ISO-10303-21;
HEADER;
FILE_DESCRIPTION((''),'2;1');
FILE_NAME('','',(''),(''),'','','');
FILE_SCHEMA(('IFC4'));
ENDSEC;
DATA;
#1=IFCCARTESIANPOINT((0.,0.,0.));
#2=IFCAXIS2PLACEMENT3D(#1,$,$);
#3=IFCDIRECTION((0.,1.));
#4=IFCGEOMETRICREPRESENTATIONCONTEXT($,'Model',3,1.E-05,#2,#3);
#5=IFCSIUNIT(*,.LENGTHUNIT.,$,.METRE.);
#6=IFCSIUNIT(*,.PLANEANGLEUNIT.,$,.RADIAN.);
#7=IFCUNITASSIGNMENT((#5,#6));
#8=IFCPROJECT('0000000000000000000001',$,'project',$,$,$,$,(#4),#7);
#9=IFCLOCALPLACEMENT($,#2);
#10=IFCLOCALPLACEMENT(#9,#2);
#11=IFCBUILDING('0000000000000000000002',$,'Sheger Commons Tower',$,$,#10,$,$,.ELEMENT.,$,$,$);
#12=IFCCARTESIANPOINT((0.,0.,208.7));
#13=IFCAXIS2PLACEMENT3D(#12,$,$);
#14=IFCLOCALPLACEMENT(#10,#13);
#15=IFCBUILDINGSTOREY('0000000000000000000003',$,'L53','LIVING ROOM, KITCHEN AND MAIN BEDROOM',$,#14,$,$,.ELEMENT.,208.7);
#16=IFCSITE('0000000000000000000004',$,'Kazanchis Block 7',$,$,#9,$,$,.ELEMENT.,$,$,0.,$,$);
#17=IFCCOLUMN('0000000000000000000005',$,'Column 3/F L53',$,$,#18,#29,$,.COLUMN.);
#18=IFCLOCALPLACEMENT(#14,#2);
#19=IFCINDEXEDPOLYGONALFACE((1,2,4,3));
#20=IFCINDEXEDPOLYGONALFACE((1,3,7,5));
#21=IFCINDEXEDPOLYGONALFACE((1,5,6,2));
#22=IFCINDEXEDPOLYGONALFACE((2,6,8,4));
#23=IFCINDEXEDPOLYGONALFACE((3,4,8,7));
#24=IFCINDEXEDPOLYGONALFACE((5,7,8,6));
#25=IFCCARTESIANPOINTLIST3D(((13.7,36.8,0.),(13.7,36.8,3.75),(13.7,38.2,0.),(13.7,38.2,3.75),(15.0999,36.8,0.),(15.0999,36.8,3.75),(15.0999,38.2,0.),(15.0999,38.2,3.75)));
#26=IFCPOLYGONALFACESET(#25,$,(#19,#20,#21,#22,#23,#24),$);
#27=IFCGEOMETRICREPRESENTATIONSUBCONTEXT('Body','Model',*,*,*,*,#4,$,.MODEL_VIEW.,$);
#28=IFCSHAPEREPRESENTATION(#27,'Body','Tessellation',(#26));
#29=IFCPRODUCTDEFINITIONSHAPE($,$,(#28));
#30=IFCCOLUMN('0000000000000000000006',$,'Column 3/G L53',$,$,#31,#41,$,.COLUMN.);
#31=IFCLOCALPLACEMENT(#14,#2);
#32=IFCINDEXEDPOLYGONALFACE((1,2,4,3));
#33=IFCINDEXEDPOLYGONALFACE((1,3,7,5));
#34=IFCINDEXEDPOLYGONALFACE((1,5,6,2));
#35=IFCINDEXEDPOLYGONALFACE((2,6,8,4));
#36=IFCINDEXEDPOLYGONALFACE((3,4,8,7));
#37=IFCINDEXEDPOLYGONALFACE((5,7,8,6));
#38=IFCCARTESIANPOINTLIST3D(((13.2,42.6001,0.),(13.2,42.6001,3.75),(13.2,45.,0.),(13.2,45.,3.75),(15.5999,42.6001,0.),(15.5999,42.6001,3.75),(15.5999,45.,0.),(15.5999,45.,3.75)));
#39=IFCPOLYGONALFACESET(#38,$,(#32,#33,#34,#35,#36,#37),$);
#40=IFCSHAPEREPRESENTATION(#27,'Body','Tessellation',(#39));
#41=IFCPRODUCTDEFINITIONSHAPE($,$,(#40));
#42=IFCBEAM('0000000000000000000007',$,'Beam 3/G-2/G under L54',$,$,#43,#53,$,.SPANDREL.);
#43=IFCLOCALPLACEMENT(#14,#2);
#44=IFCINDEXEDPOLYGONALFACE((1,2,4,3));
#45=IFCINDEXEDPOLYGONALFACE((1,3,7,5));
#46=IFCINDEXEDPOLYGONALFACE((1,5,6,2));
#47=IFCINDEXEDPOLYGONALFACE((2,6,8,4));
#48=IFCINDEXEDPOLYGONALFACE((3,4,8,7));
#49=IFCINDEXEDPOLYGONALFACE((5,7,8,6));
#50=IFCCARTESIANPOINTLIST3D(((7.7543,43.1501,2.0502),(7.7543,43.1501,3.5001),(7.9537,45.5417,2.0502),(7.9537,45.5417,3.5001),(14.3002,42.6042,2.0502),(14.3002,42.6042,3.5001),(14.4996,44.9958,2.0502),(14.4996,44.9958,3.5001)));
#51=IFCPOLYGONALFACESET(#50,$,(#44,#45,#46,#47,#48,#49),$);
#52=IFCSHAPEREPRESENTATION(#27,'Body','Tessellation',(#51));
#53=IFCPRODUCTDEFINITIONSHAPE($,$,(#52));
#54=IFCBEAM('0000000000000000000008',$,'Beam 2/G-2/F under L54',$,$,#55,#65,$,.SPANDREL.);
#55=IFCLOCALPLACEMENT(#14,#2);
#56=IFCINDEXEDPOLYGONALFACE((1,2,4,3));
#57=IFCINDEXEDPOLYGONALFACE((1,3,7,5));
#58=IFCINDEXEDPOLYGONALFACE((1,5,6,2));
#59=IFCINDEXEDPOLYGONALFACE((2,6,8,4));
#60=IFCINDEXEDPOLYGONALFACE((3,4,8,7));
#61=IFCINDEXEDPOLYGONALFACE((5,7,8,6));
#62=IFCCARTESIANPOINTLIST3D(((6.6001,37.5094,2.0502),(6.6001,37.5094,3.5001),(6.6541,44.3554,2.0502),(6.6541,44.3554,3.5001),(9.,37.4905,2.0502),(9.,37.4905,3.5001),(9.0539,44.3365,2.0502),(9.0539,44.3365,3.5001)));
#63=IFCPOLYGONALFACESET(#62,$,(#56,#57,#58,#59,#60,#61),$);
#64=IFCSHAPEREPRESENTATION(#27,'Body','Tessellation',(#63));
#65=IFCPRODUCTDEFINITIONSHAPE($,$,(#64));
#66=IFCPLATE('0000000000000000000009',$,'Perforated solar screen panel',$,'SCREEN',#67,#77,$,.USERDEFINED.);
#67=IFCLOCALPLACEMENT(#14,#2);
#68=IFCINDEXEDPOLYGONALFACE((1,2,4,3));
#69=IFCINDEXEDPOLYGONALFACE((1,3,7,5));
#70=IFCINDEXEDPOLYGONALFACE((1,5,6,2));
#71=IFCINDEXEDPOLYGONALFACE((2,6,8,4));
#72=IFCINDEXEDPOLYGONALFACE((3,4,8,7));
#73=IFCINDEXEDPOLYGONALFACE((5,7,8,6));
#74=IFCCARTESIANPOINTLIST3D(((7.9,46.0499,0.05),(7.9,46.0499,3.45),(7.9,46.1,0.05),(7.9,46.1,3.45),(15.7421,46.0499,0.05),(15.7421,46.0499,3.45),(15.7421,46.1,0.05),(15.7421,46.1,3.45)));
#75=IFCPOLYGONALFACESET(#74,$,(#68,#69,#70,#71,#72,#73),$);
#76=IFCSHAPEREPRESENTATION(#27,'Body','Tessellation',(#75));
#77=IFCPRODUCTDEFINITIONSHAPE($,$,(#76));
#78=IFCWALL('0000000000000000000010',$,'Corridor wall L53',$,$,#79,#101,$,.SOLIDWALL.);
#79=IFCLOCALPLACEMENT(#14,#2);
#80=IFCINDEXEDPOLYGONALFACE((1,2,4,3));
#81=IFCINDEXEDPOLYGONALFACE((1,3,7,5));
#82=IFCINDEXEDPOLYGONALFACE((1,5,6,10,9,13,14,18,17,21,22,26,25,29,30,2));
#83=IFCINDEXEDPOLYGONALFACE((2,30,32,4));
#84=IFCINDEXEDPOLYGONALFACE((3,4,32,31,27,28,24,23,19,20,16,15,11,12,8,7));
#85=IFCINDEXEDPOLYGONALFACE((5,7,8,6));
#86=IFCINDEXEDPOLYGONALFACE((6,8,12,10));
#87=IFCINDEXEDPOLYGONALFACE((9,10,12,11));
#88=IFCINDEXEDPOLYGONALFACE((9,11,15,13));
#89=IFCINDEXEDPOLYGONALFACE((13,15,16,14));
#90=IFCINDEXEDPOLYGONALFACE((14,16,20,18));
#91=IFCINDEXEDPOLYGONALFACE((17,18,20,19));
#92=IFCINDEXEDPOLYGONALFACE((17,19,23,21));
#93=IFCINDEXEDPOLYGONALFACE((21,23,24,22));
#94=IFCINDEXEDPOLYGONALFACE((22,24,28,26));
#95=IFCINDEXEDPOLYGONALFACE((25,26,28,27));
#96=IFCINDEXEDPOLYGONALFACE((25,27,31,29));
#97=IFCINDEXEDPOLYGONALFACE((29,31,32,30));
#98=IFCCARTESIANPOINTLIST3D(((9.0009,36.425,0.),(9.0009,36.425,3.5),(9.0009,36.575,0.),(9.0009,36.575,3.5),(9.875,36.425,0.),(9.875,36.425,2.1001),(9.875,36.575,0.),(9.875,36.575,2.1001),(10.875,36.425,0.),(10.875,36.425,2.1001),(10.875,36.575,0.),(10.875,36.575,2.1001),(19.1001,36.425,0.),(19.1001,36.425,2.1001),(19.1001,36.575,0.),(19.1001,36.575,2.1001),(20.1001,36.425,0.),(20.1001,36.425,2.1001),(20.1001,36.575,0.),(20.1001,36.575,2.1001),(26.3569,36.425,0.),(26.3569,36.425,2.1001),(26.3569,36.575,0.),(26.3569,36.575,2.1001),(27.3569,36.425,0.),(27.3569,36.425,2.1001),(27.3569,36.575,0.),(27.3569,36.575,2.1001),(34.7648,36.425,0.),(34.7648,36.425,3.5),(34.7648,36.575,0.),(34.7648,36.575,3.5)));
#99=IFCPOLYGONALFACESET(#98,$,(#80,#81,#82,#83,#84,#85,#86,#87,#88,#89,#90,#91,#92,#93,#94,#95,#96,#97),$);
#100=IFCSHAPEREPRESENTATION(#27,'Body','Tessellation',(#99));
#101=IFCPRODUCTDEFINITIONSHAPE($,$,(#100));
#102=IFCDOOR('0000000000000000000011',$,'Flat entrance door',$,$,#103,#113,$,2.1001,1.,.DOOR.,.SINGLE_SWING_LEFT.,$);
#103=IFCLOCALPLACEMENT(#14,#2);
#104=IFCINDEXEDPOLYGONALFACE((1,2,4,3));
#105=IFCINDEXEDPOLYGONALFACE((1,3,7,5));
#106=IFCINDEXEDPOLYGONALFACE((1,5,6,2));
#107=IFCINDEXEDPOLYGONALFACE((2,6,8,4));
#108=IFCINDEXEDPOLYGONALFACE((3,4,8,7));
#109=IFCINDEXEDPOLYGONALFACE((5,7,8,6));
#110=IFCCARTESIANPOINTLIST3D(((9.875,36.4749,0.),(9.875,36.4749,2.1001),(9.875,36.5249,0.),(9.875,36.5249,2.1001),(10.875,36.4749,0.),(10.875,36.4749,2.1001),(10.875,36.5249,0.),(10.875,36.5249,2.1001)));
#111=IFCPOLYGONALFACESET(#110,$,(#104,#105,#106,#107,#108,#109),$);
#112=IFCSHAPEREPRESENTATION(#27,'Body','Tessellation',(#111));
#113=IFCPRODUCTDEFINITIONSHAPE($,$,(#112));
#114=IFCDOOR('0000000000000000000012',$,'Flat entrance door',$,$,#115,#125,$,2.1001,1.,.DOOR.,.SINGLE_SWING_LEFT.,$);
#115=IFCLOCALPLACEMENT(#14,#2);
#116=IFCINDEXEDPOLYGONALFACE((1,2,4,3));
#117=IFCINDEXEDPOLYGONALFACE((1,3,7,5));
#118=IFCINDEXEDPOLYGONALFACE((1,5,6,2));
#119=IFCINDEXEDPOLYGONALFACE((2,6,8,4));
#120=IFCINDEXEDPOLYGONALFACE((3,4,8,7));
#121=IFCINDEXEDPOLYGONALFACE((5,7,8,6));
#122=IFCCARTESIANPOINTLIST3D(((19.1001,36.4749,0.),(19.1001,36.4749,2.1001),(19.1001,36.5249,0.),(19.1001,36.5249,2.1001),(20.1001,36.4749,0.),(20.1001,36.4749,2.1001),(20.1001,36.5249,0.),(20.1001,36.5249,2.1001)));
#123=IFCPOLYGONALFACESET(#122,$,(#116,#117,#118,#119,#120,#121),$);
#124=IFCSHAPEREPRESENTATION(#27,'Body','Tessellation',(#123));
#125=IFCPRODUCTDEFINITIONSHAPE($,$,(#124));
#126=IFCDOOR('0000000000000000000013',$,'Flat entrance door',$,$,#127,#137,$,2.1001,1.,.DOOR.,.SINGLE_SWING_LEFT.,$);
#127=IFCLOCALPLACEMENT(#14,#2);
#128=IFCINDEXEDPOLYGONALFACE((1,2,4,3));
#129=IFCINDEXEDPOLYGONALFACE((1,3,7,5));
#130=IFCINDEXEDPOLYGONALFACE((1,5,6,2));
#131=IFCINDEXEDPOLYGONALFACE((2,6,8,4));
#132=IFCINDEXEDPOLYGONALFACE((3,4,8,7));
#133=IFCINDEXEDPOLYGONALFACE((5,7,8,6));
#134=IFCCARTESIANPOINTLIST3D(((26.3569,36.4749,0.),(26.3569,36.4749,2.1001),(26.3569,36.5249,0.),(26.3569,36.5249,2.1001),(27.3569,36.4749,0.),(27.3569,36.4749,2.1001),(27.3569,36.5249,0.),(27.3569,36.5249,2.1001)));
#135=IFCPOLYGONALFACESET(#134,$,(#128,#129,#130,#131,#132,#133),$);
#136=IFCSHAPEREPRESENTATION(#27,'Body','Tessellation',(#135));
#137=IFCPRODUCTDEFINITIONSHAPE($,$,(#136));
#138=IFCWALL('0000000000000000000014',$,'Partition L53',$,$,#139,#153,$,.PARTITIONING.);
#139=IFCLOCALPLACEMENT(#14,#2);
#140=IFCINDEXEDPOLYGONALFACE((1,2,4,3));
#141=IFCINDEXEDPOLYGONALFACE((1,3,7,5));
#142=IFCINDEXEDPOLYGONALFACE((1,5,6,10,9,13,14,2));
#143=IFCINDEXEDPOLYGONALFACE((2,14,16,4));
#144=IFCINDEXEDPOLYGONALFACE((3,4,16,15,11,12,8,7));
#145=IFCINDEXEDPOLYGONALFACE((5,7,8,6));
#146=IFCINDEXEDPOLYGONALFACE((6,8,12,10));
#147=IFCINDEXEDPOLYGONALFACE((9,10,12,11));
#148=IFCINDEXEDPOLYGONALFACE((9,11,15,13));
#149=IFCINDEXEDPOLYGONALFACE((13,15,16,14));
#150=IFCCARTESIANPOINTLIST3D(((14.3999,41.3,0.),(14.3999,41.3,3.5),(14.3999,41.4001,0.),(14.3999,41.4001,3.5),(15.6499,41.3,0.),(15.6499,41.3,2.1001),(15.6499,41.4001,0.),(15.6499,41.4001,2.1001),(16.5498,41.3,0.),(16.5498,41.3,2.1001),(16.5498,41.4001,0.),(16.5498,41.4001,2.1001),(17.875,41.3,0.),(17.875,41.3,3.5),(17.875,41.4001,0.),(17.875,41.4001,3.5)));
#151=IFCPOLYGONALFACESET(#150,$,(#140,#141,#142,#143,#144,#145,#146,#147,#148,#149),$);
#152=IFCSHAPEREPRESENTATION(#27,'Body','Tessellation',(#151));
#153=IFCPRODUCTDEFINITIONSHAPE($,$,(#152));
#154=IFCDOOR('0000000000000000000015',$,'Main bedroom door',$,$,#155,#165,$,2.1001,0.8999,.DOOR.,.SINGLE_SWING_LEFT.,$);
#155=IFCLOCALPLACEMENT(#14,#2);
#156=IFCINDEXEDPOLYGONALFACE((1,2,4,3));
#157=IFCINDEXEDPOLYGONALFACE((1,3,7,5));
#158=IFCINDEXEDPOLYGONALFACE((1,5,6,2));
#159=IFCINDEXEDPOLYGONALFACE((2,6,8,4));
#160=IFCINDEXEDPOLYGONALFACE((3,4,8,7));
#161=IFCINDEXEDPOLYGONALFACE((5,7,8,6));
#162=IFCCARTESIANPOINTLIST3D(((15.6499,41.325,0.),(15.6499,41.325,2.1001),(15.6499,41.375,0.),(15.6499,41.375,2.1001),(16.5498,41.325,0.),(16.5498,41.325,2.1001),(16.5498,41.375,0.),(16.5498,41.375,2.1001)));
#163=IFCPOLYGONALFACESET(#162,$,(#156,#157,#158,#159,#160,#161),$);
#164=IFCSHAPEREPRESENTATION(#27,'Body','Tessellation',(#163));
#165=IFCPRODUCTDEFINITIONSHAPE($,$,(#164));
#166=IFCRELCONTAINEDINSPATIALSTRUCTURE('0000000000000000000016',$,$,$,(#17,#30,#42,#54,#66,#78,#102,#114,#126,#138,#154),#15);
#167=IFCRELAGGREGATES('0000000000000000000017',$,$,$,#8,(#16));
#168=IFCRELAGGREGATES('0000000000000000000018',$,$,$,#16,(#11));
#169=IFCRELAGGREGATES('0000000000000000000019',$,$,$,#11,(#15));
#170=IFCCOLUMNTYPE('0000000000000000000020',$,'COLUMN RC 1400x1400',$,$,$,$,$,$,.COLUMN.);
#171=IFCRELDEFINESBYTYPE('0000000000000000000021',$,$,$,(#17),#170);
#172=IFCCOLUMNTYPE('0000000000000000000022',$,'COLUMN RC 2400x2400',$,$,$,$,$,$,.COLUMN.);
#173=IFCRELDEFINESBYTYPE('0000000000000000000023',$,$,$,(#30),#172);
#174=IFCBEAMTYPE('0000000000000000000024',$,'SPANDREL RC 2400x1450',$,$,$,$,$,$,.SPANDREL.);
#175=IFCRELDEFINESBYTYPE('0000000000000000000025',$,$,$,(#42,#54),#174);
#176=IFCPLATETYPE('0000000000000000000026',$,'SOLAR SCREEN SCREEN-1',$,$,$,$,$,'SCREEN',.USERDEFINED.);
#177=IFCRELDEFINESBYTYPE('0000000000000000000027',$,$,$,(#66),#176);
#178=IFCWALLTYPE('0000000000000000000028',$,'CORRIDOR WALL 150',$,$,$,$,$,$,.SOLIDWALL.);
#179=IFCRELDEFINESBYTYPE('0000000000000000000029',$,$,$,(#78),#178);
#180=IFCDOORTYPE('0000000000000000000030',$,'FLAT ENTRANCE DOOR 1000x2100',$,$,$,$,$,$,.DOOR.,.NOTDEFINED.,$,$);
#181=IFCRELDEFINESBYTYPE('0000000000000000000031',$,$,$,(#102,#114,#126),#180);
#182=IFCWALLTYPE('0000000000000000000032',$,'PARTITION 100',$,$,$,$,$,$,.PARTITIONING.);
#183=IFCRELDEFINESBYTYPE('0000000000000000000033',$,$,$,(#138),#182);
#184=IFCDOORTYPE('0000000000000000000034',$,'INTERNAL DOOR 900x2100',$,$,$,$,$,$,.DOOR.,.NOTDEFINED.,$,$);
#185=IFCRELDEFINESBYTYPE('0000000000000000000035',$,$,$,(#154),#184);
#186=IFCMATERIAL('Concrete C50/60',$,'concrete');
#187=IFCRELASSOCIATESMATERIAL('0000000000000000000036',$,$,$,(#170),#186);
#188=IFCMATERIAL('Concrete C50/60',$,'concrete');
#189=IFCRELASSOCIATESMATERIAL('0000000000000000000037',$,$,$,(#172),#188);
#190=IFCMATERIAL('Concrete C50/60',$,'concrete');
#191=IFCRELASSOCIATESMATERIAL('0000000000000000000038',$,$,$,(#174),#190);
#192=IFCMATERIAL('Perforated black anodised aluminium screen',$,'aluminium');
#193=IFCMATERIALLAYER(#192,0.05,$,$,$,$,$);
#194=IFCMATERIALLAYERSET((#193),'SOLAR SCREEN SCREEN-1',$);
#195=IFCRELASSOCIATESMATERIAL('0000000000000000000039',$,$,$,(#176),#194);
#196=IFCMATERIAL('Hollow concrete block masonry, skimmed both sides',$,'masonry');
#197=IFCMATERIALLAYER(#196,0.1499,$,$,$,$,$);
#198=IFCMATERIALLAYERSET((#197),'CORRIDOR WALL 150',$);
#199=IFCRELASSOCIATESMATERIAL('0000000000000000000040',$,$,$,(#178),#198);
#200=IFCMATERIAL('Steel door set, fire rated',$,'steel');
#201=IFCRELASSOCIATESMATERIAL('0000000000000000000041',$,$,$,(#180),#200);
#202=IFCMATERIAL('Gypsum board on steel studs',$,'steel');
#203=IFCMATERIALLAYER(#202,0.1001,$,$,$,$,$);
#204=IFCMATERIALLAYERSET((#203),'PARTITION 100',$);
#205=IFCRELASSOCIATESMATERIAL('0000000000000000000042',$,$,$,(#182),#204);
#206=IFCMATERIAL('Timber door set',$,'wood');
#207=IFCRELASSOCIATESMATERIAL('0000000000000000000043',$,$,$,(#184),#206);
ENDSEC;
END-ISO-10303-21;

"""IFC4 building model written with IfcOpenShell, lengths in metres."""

from ifc_helpers import new_model, si_unit, direction, frame, frame_2d, origin, origin_2d, place, context, subcontext, project, spatial, rectangle, extrude, material, layer, layer_set, material_profile, profile_set, type_object, element, fill, save


model = new_model("IFC4")

# Units and contexts
model_context = context("Model", 3, precision=1e-05, world=origin(), true_north=direction((0.0, 1.0)))
body_context = subcontext(model_context, "Body", "Model", "MODEL_VIEW")
ifc_project = project(units=[si_unit("LENGTHUNIT", "METRE"), si_unit("PLANEANGLEUNIT", "RADIAN")], contexts=[model_context])

# Site, building, storey
site_placement = place(None, origin())
site = spatial("IfcSite", under=ifc_project, at=site_placement, Name="Kazanchis Block 7", CompositionType="ELEMENT", RefElevation=0.0)
building_placement = place(site_placement, origin())
building = spatial("IfcBuilding", under=site, at=building_placement, Name="Sheger Commons Tower", CompositionType="ELEMENT")
storey_placement = place(building_placement, frame((0.0, 0.0, 208.7)))
storey = spatial("IfcBuildingStorey", under=building, at=storey_placement, Name="L53", Description="LIVING ROOM, KITCHEN AND MAIN BEDROOM", CompositionType="ELEMENT", Elevation=208.7)

# Columns
ifc_material_1 = material(Name="Concrete C50/60", Category="concrete")
ifc_material_profile_1 = material_profile(ifc_material_1, rectangle(XDim=1.3999, YDim=1.3999, at=origin_2d()), Name="RC 1400x1400")
ifc_profile_set_1 = profile_set([ifc_material_profile_1], Name="Concrete C50/60")
column_type_1 = type_object("IfcColumnType", Name="COLUMN RC 1400x1400", PredefinedType="COLUMN", material=ifc_profile_set_1)
column_1_placement = place(storey_placement, frame((14.3999, 37.5, 0.0), z_axis=(0.0, 0.0, 1.0), x_axis=(1.0, 0.0, 0.0)))
element("IfcColumn", 1, at=column_1_placement, inside=storey, type_object=column_type_1, Name="Column 3/F L53", PredefinedType="COLUMN", context=body_context, shape_type="SweptSolid", body=[
    extrude(rectangle(XDim=1.3999, YDim=1.3999, at=origin_2d()), origin(), (0.0, 0.0, 1.0), 3.75),
])
ifc_material_2 = material(Name="Concrete C50/60", Category="concrete")
ifc_material_profile_2 = material_profile(ifc_material_2, rectangle(XDim=2.3999, YDim=2.3999, at=origin_2d()), Name="RC 2400x2400")
ifc_profile_set_2 = profile_set([ifc_material_profile_2], Name="Concrete C50/60")
column_type_2 = type_object("IfcColumnType", Name="COLUMN RC 2400x2400", PredefinedType="COLUMN", material=ifc_profile_set_2)
column_2_placement = place(storey_placement, frame((14.3999, 43.8, 0.0), z_axis=(0.0, 0.0, 1.0), x_axis=(1.0, 0.0, 0.0)))
element("IfcColumn", 2, at=column_2_placement, inside=storey, type_object=column_type_2, Name="Column 3/G L53", PredefinedType="COLUMN", context=body_context, shape_type="SweptSolid", body=[
    extrude(rectangle(XDim=2.3999, YDim=2.3999, at=origin_2d()), origin(), (0.0, 0.0, 1.0), 3.75),
])

# Beams
ifc_material_3 = material(Name="Concrete C50/60", Category="concrete")
ifc_material_profile_3 = material_profile(ifc_material_3, rectangle(XDim=2.3999, YDim=1.45, at=origin_2d()), Name="RC 2400x1450")
ifc_profile_set_3 = profile_set([ifc_material_profile_3], Name="Concrete C50/60")
beam_type = type_object("IfcBeamType", Name="SPANDREL RC 2400x1450", PredefinedType="SPANDREL", material=ifc_profile_set_3)
beam_1_placement = place(storey_placement, frame((14.3999, 43.8, 2.7751), z_axis=(-0.996541, 0.083107, 0.0), x_axis=(-0.083107, -0.996541, 0.0)))
element("IfcBeam", 3, at=beam_1_placement, inside=storey, type_object=beam_type, Name="Beam 3/G-2/G under L54", PredefinedType="SPANDREL", context=body_context, shape_type="SweptSolid", body=[
    extrude(rectangle(XDim=2.3999, YDim=1.45, at=origin_2d()), origin(), (0.0, 0.0, 1.0), 6.5686),
])
beam_2_placement = place(storey_placement, frame((7.854, 44.3459, 2.7751), z_axis=(-0.007881, -0.999969, 0.0), x_axis=(0.999969, -0.007881, 0.0)))
element("IfcBeam", 4, at=beam_2_placement, inside=storey, type_object=beam_type, Name="Beam 2/G-2/F under L54", PredefinedType="SPANDREL", context=body_context, shape_type="SweptSolid", body=[
    extrude(rectangle(XDim=2.3999, YDim=1.45, at=origin_2d()), origin(), (0.0, 0.0, 1.0), 6.8462),
])

# Plate
ifc_material_4 = material(Name="Perforated black anodised aluminium screen", Category="aluminium")
ifc_layer_1 = layer(ifc_material_4, 0.05)
ifc_layer_set_1 = layer_set([ifc_layer_1], Name="SOLAR SCREEN SCREEN-1")
plate_type = type_object("IfcPlateType", Name="SOLAR SCREEN SCREEN-1", ElementType="SCREEN", PredefinedType="USERDEFINED", material=ifc_layer_set_1)
plate_placement = place(storey_placement, frame((11.821, 46.075, 0.05), z_axis=(0.0, 0.0, 1.0), x_axis=(-1.0, 0.0, 0.0)))
element("IfcPlate", 5, at=plate_placement, inside=storey, type_object=plate_type, Name="Perforated solar screen panel", ObjectType="SCREEN", PredefinedType="USERDEFINED", context=body_context, shape_type="SweptSolid", body=[
    extrude(rectangle(XDim=7.842, YDim=0.05, at=origin_2d()), origin(), (0.0, 0.0, 1.0), 3.3999),
])

# Wall, openings, doors
ifc_material_5 = material(Name="Hollow concrete block masonry, skimmed both sides", Category="masonry")
ifc_layer_2 = layer(ifc_material_5, 0.1499)
ifc_layer_set_2 = layer_set([ifc_layer_2], Name="CORRIDOR WALL 150")
wall_type_1 = type_object("IfcWallType", Name="CORRIDOR WALL 150", PredefinedType="SOLIDWALL", material=ifc_layer_set_2)
wall_1_placement = place(storey_placement, frame((9.001, 36.5, 0.0), z_axis=(0.0, 0.0, 1.0), x_axis=(1.0, 0.0, 0.0)))
wall_1 = element("IfcWall", 6, at=wall_1_placement, inside=storey, type_object=wall_type_1, Name="Corridor wall L53", PredefinedType="SOLIDWALL", context=body_context, shape_type="SweptSolid", body=[
    extrude(rectangle(XDim=25.7639, YDim=0.1499, at=frame_2d((12.8818, 0.0))), origin(), (0.0, 0.0, 1.0), 3.5),
])
opening_1_placement = place(wall_1_placement, frame((0.874, 0.0, 0.0)))
opening_1 = element("IfcOpeningElement", 7, at=opening_1_placement, cuts=wall_1, PredefinedType="OPENING", context=body_context, shape_type="SweptSolid", body=[
    extrude(rectangle(XDim=1.0, YDim=2.1001, at=frame_2d((0.5, 1.05))), frame((0.0, 0.085, 0.0), z_axis=(0.0, -1.0, 0.0), x_axis=(1.0, 0.0, 0.0)), (0.0, 0.0, 1.0), 0.1699),
])
opening_2_placement = place(wall_1_placement, frame((10.0991, 0.0, 0.0)))
opening_2 = element("IfcOpeningElement", 8, at=opening_2_placement, cuts=wall_1, PredefinedType="OPENING", context=body_context, shape_type="SweptSolid", body=[
    extrude(rectangle(XDim=1.0, YDim=2.1001, at=frame_2d((0.5, 1.05))), frame((0.0, 0.085, 0.0), z_axis=(0.0, -1.0, 0.0), x_axis=(1.0, 0.0, 0.0)), (0.0, 0.0, 1.0), 0.1699),
])
opening_3_placement = place(wall_1_placement, frame((17.356, 0.0, 0.0)))
opening_3 = element("IfcOpeningElement", 9, at=opening_3_placement, cuts=wall_1, PredefinedType="OPENING", context=body_context, shape_type="SweptSolid", body=[
    extrude(rectangle(XDim=1.0, YDim=2.1001, at=frame_2d((0.5, 1.05))), frame((0.0, 0.085, 0.0), z_axis=(0.0, -1.0, 0.0), x_axis=(1.0, 0.0, 0.0)), (0.0, 0.0, 1.0), 0.1699),
])
ifc_material_6 = material(Name="Steel door set, fire rated", Category="steel")
door_type_1 = type_object("IfcDoorType", Name="FLAT ENTRANCE DOOR 1000x2100", OperationType="NOTDEFINED", PredefinedType="DOOR", material=ifc_material_6)
door_1_placement = place(opening_1_placement, origin())
door_1 = element("IfcDoor", 10, at=door_1_placement, inside=storey, type_object=door_type_1, Name="Flat entrance door", OperationType="SINGLE_SWING_LEFT", OverallHeight=2.1001, OverallWidth=1.0, PredefinedType="DOOR", context=body_context, shape_type="SweptSolid", body=[
    extrude(rectangle(XDim=1.0, YDim=2.1001, at=frame_2d((0.5, 1.05))), frame((0.0, 0.0249, 0.0), z_axis=(0.0, -1.0, 0.0), x_axis=(1.0, 0.0, 0.0)), (0.0, 0.0, 1.0), 0.05),
])
fill(opening_1, door_1)
door_2_placement = place(opening_2_placement, origin())
door_2 = element("IfcDoor", 11, at=door_2_placement, inside=storey, type_object=door_type_1, Name="Flat entrance door", OperationType="SINGLE_SWING_LEFT", OverallHeight=2.1001, OverallWidth=1.0, PredefinedType="DOOR", context=body_context, shape_type="SweptSolid", body=[
    extrude(rectangle(XDim=1.0, YDim=2.1001, at=frame_2d((0.5, 1.05))), frame((0.0, 0.0249, 0.0), z_axis=(0.0, -1.0, 0.0), x_axis=(1.0, 0.0, 0.0)), (0.0, 0.0, 1.0), 0.05),
])
fill(opening_2, door_2)
door_3_placement = place(opening_3_placement, origin())
door_3 = element("IfcDoor", 12, at=door_3_placement, inside=storey, type_object=door_type_1, Name="Flat entrance door", OperationType="SINGLE_SWING_LEFT", OverallHeight=2.1001, OverallWidth=1.0, PredefinedType="DOOR", context=body_context, shape_type="SweptSolid", body=[
    extrude(rectangle(XDim=1.0, YDim=2.1001, at=frame_2d((0.5, 1.05))), frame((0.0, 0.0249, 0.0), z_axis=(0.0, -1.0, 0.0), x_axis=(1.0, 0.0, 0.0)), (0.0, 0.0, 1.0), 0.05),
])
fill(opening_3, door_3)

# Wall, opening, door
ifc_material_7 = material(Name="Gypsum board on steel studs", Category="steel")
ifc_layer_3 = layer(ifc_material_7, 0.1001)
ifc_layer_set_3 = layer_set([ifc_layer_3], Name="PARTITION 100")
wall_type_2 = type_object("IfcWallType", Name="PARTITION 100", PredefinedType="PARTITIONING", material=ifc_layer_set_3)
wall_2_placement = place(storey_placement, frame((14.3999, 41.3501, 0.0), z_axis=(0.0, 0.0, 1.0), x_axis=(1.0, 0.0, 0.0)))
wall_2 = element("IfcWall", 13, at=wall_2_placement, inside=storey, type_object=wall_type_2, Name="Partition L53", PredefinedType="PARTITIONING", context=body_context, shape_type="SweptSolid", body=[
    extrude(rectangle(XDim=3.4751, YDim=0.1001, at=frame_2d((1.7375, 0.0))), origin(), (0.0, 0.0, 1.0), 3.5),
])
opening_4_placement = place(wall_2_placement, frame((1.25, 0.0, 0.0)))
opening_4 = element("IfcOpeningElement", 14, at=opening_4_placement, cuts=wall_2, PredefinedType="OPENING", context=body_context, shape_type="SweptSolid", body=[
    extrude(rectangle(XDim=0.8999, YDim=2.1001, at=frame_2d((0.45, 1.05))), frame((0.0, 0.0601, 0.0), z_axis=(0.0, -1.0, 0.0), x_axis=(1.0, 0.0, 0.0)), (0.0, 0.0, 1.0), 0.1201),
])
ifc_material_8 = material(Name="Timber door set", Category="wood")
door_type_2 = type_object("IfcDoorType", Name="INTERNAL DOOR 900x2100", OperationType="NOTDEFINED", PredefinedType="DOOR", material=ifc_material_8)
door_4_placement = place(opening_4_placement, origin())
door_4 = element("IfcDoor", 15, at=door_4_placement, inside=storey, type_object=door_type_2, Name="Main bedroom door", OperationType="SINGLE_SWING_LEFT", OverallHeight=2.1001, OverallWidth=0.8999, PredefinedType="DOOR", context=body_context, shape_type="SweptSolid", body=[
    extrude(rectangle(XDim=0.8999, YDim=2.1001, at=frame_2d((0.45, 1.05))), frame((0.0, 0.0249, 0.0), z_axis=(0.0, -1.0, 0.0), x_axis=(1.0, 0.0, 0.0)), (0.0, 0.0, 1.0), 0.05),
])
fill(opening_4, door_4)

save(model, "model.ifc")
